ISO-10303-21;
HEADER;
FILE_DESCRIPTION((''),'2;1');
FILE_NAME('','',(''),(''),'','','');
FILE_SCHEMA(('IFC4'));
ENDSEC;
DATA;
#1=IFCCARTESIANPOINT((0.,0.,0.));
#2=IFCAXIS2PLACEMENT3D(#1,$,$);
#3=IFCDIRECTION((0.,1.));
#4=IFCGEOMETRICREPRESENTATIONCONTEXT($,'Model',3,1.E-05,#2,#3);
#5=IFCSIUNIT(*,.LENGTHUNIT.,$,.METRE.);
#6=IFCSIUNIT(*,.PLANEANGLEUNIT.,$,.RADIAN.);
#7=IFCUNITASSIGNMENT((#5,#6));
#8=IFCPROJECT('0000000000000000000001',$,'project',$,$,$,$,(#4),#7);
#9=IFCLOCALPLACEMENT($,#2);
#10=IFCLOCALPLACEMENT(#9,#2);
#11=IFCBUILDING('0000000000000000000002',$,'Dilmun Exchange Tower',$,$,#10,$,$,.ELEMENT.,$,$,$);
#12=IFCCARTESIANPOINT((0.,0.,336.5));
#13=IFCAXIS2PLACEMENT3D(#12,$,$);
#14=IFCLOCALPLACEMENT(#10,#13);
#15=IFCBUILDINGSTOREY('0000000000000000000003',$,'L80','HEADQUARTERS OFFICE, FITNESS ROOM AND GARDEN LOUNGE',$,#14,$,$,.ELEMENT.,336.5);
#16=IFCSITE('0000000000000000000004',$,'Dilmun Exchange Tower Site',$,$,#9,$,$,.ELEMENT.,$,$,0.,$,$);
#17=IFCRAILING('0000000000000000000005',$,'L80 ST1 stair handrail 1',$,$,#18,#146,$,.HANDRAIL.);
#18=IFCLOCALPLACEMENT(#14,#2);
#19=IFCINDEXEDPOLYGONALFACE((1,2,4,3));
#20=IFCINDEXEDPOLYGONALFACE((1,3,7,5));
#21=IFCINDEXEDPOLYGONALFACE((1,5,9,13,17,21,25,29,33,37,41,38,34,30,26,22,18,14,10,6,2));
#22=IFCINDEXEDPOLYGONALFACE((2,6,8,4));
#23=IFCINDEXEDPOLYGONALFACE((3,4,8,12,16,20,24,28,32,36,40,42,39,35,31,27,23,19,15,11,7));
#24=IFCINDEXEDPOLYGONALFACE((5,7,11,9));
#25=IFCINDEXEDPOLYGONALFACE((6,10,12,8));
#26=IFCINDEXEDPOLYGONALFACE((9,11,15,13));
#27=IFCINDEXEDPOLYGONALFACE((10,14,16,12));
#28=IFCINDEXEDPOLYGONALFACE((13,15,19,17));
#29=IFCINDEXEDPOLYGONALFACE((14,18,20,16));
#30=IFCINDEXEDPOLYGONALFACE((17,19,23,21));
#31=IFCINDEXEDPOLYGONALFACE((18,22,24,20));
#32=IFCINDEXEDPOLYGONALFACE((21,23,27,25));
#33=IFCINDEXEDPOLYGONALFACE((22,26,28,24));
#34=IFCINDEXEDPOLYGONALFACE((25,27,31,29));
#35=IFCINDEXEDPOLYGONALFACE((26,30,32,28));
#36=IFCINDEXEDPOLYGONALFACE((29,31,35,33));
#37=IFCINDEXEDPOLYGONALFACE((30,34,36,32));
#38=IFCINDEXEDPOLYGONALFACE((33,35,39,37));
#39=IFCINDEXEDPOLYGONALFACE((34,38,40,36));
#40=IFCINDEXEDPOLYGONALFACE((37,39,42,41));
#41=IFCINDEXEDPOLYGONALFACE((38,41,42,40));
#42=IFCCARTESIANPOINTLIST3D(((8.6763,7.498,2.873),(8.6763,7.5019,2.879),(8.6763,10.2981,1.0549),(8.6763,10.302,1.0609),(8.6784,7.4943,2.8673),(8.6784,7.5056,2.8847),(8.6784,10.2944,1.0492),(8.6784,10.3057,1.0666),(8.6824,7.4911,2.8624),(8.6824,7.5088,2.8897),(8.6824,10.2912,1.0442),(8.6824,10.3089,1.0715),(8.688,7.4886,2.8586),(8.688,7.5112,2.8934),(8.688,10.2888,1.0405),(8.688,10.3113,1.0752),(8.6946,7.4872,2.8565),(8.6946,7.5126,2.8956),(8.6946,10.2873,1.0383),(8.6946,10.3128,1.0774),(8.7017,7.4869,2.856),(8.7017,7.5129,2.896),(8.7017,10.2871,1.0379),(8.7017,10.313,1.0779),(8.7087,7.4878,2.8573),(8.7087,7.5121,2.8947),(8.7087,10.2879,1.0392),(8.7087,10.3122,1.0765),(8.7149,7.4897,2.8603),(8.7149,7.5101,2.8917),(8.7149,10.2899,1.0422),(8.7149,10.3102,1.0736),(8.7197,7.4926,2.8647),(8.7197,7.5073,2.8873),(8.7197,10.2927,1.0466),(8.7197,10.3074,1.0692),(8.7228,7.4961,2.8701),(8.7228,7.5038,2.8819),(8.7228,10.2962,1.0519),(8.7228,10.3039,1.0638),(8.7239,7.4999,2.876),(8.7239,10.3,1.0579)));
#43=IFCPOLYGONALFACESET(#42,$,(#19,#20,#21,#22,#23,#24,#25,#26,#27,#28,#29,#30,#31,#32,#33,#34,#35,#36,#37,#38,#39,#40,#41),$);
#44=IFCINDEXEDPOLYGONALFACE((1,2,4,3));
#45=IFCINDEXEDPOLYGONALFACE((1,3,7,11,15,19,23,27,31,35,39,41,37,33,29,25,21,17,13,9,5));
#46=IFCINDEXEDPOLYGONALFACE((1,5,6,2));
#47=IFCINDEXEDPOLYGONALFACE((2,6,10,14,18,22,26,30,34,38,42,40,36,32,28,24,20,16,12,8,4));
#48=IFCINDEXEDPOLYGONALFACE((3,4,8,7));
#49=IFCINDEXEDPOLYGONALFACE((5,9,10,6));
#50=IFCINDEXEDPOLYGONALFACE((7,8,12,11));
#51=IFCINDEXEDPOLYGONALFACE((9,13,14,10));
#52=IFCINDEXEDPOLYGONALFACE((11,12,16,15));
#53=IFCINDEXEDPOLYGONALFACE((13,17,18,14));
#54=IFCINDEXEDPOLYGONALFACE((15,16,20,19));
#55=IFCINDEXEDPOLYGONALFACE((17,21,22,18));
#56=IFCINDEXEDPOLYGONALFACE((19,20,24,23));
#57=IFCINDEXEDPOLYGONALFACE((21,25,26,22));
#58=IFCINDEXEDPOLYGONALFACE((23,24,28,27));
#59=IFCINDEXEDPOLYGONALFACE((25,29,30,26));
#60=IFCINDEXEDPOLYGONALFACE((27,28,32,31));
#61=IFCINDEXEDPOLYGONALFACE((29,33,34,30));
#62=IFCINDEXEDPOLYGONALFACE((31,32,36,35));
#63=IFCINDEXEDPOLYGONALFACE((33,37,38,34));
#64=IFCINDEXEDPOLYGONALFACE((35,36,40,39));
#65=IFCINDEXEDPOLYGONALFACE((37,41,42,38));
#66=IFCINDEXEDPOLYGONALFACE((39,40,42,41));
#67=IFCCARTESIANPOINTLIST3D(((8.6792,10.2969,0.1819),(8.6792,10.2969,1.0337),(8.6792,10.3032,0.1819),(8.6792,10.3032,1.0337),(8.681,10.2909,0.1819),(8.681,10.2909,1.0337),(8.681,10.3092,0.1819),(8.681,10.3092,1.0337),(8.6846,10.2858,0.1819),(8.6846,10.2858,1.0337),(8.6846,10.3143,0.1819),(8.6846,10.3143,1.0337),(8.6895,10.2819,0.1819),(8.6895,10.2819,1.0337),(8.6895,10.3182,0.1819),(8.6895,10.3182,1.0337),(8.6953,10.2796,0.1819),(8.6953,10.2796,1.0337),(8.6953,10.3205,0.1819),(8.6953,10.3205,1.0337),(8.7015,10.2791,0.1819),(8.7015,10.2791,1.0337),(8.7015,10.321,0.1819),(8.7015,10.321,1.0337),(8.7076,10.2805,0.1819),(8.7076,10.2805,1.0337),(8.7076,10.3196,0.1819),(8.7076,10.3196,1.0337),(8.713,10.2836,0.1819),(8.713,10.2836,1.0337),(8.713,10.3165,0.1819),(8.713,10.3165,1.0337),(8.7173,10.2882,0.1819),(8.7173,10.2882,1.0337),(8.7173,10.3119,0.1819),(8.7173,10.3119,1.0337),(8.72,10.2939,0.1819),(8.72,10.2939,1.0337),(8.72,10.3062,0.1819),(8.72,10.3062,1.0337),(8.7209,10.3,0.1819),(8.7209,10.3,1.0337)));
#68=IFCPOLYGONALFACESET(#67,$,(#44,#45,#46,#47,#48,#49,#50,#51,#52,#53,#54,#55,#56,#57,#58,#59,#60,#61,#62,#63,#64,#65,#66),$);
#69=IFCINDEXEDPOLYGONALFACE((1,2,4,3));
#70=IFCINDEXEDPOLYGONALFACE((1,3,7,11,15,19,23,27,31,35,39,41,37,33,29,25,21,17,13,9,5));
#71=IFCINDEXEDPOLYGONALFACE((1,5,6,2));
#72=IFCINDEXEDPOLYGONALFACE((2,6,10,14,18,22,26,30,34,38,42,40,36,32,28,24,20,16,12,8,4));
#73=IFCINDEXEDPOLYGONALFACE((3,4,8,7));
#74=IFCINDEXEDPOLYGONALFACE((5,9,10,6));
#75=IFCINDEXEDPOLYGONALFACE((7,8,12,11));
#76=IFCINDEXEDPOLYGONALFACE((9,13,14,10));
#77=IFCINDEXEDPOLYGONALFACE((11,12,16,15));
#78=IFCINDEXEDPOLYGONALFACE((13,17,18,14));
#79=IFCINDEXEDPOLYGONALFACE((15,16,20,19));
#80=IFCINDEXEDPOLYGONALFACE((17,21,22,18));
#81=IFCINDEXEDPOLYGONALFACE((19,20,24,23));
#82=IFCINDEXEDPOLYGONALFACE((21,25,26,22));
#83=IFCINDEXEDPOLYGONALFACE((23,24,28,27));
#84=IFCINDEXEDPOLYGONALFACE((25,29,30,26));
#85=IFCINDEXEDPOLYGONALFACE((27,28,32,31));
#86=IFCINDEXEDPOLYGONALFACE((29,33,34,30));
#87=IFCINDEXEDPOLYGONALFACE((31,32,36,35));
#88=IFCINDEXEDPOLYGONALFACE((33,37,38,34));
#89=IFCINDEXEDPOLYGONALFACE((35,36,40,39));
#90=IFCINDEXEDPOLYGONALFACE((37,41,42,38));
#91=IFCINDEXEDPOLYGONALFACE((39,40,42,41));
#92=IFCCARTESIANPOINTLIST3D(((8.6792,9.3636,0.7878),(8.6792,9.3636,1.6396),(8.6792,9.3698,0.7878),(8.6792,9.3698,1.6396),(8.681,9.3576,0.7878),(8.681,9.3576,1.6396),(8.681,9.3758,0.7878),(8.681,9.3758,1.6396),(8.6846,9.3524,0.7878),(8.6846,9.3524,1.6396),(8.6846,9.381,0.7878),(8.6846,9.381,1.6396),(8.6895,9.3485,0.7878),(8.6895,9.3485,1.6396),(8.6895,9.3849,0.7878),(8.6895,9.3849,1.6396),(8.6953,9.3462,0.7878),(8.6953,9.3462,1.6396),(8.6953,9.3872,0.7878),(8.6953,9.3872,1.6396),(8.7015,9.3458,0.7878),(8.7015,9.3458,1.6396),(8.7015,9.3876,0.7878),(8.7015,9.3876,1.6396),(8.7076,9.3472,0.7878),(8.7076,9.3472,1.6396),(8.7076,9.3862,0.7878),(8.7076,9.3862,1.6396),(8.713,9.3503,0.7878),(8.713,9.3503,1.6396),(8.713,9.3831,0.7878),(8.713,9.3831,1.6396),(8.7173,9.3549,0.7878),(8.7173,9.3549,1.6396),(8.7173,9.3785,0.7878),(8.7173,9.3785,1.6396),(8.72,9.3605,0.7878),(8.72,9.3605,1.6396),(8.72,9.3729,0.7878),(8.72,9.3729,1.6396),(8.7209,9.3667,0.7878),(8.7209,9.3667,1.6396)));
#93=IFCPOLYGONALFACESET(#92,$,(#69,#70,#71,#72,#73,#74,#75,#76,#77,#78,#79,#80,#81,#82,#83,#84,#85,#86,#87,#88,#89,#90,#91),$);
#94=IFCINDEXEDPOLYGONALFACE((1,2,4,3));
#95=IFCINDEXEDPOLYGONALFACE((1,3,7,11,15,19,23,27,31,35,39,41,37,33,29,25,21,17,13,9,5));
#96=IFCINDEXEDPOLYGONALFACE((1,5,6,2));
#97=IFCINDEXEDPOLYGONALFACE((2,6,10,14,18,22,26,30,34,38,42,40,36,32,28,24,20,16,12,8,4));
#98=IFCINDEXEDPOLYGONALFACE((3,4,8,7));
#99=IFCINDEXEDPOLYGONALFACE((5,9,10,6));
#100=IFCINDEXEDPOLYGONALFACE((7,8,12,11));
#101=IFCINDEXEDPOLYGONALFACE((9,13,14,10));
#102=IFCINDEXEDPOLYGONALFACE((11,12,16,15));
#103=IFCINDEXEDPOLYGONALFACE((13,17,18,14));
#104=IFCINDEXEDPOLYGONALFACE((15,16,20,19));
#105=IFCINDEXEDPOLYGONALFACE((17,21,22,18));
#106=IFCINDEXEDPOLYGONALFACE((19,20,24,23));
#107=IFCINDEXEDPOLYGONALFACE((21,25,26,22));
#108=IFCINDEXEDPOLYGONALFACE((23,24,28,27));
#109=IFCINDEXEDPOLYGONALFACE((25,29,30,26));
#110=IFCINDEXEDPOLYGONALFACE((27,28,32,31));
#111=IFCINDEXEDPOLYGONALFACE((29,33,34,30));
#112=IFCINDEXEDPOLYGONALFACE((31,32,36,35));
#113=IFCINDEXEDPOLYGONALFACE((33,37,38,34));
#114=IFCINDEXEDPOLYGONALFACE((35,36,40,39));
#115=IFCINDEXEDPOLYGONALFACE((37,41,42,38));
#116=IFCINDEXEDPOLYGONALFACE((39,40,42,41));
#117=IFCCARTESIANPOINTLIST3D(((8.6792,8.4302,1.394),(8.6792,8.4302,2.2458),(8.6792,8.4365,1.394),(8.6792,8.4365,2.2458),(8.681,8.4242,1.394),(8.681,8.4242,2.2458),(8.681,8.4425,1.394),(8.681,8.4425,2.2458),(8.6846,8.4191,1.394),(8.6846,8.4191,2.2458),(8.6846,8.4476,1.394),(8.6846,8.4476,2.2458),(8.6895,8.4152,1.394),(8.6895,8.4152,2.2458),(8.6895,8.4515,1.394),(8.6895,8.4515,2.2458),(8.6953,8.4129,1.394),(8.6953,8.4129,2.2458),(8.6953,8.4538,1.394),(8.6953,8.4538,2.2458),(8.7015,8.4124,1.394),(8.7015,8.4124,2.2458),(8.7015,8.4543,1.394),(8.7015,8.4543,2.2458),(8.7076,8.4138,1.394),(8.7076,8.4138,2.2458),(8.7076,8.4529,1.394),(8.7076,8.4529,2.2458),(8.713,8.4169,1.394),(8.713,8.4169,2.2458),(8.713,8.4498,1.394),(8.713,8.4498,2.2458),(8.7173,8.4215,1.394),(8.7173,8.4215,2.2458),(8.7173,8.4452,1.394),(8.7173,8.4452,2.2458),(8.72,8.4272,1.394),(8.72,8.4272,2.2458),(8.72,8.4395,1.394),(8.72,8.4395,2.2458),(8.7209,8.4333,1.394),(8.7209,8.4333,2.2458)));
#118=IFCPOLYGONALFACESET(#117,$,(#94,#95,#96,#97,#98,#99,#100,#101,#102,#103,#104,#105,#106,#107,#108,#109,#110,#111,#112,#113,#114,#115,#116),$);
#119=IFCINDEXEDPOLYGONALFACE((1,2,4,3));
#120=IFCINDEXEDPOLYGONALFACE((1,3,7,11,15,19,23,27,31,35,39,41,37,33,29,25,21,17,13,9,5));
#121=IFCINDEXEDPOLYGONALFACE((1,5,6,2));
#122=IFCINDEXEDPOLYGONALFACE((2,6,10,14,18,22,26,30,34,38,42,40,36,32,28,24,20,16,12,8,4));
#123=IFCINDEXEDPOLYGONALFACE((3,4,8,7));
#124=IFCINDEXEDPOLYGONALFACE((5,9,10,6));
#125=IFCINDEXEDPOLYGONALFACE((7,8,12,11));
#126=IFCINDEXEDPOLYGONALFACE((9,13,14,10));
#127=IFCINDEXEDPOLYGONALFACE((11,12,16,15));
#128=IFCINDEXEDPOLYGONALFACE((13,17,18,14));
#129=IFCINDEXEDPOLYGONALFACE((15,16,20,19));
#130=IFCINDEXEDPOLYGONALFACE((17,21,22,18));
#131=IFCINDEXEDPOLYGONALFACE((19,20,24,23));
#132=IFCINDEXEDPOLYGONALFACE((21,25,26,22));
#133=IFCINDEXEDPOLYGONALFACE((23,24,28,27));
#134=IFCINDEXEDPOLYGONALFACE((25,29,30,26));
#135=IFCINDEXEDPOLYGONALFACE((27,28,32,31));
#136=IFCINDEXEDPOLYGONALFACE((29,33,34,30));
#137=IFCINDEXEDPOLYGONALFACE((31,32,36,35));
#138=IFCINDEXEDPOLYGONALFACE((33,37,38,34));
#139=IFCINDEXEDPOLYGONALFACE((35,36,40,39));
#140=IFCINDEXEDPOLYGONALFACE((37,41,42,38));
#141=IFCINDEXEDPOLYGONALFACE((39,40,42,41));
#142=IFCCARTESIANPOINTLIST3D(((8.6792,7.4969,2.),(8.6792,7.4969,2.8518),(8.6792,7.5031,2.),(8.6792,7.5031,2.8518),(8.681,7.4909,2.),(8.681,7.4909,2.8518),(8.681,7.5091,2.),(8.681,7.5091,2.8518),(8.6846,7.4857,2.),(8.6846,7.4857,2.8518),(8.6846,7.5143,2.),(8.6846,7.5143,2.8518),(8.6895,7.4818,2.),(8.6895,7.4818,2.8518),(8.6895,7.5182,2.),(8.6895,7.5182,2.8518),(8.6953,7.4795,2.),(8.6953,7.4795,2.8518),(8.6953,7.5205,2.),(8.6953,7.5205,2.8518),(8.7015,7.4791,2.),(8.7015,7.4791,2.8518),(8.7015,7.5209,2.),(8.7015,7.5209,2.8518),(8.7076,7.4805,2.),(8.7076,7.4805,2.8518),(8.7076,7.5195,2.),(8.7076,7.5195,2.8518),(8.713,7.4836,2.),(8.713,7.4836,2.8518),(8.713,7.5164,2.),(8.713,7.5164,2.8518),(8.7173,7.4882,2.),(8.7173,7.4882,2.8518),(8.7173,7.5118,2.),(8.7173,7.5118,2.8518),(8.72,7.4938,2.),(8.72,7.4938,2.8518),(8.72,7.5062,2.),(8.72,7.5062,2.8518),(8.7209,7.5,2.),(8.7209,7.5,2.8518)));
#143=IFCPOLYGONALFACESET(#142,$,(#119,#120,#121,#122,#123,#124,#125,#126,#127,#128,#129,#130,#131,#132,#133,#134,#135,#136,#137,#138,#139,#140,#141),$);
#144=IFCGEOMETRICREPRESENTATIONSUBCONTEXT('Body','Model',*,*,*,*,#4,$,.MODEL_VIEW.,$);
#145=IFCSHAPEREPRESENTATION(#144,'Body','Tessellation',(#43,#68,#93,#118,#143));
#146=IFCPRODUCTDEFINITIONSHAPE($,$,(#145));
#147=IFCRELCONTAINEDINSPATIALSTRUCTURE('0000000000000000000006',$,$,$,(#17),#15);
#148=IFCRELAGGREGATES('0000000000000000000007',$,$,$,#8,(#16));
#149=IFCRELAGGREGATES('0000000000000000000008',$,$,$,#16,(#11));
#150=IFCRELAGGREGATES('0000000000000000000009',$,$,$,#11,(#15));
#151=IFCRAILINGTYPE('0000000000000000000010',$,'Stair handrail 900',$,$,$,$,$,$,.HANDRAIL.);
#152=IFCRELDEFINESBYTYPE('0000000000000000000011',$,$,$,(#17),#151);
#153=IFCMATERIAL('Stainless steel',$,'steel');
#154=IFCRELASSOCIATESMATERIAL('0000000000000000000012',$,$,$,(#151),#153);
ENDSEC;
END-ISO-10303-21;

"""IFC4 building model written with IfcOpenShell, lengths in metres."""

from ifc_helpers import new_model, si_unit, direction, frame, origin, origin_2d, place, context, subcontext, project, spatial, circle, extrude, material, type_object, element, save


model = new_model("IFC4")

# Units and contexts
model_context = context("Model", 3, precision=1e-05, world=origin(), true_north=direction((0.0, 1.0)))
body_context = subcontext(model_context, "Body", "Model", "MODEL_VIEW")
ifc_project = project(units=[si_unit("LENGTHUNIT", "METRE"), si_unit("PLANEANGLEUNIT", "RADIAN")], contexts=[model_context])

# Site, building, storey
site_placement = place(None, origin())
site = spatial("IfcSite", under=ifc_project, at=site_placement, Name="Dilmun Exchange Tower Site", CompositionType="ELEMENT", RefElevation=0.0)
building_placement = place(site_placement, origin())
building = spatial("IfcBuilding", under=site, at=building_placement, Name="Dilmun Exchange Tower", CompositionType="ELEMENT")
storey_placement = place(building_placement, frame((0.0, 0.0, 336.5)))
storey = spatial("IfcBuildingStorey", under=building, at=storey_placement, Name="L80", Description="HEADQUARTERS OFFICE, FITNESS ROOM AND GARDEN LOUNGE", CompositionType="ELEMENT", Elevation=336.5)

# Railing
ifc_material_1 = material(Name="Stainless steel", Category="steel")
railing_type = type_object("IfcRailingType", Name="Stair handrail 900", PredefinedType="HANDRAIL", material=ifc_material_1)
railing_1_placement = place(storey_placement, frame((8.7, 10.3, 0.1819)))
element("IfcRailing", 1, at=railing_1_placement, inside=storey, type_object=railing_type, Name="L80 ST1 stair handrail 1", PredefinedType="HANDRAIL", context=body_context, shape_type="SweptSolid", body=[
    extrude(circle(Radius=0.0239, at=origin_2d()), frame((0.0, 0.0, 0.876), z_axis=(0.0, -0.838706, 0.544585), x_axis=(1.0, 0.0, 0.0)), (0.0, 0.0, 1.0), 3.3386),
    extrude(circle(Radius=0.021, at=origin_2d()), origin(), (0.0, 0.0, 1.0), 0.8518),
    extrude(circle(Radius=0.021, at=origin_2d()), frame((0.0, -0.9333, 0.606)), (0.0, 0.0, 1.0), 0.8518),
    extrude(circle(Radius=0.021, at=origin_2d()), frame((0.0, -1.8667, 1.2122)), (0.0, 0.0, 1.0), 0.8518),
    extrude(circle(Radius=0.021, at=origin_2d()), frame((0.0, -2.8, 1.8181)), (0.0, 0.0, 1.0), 0.8518),
])

save(model, "model.ifc")
